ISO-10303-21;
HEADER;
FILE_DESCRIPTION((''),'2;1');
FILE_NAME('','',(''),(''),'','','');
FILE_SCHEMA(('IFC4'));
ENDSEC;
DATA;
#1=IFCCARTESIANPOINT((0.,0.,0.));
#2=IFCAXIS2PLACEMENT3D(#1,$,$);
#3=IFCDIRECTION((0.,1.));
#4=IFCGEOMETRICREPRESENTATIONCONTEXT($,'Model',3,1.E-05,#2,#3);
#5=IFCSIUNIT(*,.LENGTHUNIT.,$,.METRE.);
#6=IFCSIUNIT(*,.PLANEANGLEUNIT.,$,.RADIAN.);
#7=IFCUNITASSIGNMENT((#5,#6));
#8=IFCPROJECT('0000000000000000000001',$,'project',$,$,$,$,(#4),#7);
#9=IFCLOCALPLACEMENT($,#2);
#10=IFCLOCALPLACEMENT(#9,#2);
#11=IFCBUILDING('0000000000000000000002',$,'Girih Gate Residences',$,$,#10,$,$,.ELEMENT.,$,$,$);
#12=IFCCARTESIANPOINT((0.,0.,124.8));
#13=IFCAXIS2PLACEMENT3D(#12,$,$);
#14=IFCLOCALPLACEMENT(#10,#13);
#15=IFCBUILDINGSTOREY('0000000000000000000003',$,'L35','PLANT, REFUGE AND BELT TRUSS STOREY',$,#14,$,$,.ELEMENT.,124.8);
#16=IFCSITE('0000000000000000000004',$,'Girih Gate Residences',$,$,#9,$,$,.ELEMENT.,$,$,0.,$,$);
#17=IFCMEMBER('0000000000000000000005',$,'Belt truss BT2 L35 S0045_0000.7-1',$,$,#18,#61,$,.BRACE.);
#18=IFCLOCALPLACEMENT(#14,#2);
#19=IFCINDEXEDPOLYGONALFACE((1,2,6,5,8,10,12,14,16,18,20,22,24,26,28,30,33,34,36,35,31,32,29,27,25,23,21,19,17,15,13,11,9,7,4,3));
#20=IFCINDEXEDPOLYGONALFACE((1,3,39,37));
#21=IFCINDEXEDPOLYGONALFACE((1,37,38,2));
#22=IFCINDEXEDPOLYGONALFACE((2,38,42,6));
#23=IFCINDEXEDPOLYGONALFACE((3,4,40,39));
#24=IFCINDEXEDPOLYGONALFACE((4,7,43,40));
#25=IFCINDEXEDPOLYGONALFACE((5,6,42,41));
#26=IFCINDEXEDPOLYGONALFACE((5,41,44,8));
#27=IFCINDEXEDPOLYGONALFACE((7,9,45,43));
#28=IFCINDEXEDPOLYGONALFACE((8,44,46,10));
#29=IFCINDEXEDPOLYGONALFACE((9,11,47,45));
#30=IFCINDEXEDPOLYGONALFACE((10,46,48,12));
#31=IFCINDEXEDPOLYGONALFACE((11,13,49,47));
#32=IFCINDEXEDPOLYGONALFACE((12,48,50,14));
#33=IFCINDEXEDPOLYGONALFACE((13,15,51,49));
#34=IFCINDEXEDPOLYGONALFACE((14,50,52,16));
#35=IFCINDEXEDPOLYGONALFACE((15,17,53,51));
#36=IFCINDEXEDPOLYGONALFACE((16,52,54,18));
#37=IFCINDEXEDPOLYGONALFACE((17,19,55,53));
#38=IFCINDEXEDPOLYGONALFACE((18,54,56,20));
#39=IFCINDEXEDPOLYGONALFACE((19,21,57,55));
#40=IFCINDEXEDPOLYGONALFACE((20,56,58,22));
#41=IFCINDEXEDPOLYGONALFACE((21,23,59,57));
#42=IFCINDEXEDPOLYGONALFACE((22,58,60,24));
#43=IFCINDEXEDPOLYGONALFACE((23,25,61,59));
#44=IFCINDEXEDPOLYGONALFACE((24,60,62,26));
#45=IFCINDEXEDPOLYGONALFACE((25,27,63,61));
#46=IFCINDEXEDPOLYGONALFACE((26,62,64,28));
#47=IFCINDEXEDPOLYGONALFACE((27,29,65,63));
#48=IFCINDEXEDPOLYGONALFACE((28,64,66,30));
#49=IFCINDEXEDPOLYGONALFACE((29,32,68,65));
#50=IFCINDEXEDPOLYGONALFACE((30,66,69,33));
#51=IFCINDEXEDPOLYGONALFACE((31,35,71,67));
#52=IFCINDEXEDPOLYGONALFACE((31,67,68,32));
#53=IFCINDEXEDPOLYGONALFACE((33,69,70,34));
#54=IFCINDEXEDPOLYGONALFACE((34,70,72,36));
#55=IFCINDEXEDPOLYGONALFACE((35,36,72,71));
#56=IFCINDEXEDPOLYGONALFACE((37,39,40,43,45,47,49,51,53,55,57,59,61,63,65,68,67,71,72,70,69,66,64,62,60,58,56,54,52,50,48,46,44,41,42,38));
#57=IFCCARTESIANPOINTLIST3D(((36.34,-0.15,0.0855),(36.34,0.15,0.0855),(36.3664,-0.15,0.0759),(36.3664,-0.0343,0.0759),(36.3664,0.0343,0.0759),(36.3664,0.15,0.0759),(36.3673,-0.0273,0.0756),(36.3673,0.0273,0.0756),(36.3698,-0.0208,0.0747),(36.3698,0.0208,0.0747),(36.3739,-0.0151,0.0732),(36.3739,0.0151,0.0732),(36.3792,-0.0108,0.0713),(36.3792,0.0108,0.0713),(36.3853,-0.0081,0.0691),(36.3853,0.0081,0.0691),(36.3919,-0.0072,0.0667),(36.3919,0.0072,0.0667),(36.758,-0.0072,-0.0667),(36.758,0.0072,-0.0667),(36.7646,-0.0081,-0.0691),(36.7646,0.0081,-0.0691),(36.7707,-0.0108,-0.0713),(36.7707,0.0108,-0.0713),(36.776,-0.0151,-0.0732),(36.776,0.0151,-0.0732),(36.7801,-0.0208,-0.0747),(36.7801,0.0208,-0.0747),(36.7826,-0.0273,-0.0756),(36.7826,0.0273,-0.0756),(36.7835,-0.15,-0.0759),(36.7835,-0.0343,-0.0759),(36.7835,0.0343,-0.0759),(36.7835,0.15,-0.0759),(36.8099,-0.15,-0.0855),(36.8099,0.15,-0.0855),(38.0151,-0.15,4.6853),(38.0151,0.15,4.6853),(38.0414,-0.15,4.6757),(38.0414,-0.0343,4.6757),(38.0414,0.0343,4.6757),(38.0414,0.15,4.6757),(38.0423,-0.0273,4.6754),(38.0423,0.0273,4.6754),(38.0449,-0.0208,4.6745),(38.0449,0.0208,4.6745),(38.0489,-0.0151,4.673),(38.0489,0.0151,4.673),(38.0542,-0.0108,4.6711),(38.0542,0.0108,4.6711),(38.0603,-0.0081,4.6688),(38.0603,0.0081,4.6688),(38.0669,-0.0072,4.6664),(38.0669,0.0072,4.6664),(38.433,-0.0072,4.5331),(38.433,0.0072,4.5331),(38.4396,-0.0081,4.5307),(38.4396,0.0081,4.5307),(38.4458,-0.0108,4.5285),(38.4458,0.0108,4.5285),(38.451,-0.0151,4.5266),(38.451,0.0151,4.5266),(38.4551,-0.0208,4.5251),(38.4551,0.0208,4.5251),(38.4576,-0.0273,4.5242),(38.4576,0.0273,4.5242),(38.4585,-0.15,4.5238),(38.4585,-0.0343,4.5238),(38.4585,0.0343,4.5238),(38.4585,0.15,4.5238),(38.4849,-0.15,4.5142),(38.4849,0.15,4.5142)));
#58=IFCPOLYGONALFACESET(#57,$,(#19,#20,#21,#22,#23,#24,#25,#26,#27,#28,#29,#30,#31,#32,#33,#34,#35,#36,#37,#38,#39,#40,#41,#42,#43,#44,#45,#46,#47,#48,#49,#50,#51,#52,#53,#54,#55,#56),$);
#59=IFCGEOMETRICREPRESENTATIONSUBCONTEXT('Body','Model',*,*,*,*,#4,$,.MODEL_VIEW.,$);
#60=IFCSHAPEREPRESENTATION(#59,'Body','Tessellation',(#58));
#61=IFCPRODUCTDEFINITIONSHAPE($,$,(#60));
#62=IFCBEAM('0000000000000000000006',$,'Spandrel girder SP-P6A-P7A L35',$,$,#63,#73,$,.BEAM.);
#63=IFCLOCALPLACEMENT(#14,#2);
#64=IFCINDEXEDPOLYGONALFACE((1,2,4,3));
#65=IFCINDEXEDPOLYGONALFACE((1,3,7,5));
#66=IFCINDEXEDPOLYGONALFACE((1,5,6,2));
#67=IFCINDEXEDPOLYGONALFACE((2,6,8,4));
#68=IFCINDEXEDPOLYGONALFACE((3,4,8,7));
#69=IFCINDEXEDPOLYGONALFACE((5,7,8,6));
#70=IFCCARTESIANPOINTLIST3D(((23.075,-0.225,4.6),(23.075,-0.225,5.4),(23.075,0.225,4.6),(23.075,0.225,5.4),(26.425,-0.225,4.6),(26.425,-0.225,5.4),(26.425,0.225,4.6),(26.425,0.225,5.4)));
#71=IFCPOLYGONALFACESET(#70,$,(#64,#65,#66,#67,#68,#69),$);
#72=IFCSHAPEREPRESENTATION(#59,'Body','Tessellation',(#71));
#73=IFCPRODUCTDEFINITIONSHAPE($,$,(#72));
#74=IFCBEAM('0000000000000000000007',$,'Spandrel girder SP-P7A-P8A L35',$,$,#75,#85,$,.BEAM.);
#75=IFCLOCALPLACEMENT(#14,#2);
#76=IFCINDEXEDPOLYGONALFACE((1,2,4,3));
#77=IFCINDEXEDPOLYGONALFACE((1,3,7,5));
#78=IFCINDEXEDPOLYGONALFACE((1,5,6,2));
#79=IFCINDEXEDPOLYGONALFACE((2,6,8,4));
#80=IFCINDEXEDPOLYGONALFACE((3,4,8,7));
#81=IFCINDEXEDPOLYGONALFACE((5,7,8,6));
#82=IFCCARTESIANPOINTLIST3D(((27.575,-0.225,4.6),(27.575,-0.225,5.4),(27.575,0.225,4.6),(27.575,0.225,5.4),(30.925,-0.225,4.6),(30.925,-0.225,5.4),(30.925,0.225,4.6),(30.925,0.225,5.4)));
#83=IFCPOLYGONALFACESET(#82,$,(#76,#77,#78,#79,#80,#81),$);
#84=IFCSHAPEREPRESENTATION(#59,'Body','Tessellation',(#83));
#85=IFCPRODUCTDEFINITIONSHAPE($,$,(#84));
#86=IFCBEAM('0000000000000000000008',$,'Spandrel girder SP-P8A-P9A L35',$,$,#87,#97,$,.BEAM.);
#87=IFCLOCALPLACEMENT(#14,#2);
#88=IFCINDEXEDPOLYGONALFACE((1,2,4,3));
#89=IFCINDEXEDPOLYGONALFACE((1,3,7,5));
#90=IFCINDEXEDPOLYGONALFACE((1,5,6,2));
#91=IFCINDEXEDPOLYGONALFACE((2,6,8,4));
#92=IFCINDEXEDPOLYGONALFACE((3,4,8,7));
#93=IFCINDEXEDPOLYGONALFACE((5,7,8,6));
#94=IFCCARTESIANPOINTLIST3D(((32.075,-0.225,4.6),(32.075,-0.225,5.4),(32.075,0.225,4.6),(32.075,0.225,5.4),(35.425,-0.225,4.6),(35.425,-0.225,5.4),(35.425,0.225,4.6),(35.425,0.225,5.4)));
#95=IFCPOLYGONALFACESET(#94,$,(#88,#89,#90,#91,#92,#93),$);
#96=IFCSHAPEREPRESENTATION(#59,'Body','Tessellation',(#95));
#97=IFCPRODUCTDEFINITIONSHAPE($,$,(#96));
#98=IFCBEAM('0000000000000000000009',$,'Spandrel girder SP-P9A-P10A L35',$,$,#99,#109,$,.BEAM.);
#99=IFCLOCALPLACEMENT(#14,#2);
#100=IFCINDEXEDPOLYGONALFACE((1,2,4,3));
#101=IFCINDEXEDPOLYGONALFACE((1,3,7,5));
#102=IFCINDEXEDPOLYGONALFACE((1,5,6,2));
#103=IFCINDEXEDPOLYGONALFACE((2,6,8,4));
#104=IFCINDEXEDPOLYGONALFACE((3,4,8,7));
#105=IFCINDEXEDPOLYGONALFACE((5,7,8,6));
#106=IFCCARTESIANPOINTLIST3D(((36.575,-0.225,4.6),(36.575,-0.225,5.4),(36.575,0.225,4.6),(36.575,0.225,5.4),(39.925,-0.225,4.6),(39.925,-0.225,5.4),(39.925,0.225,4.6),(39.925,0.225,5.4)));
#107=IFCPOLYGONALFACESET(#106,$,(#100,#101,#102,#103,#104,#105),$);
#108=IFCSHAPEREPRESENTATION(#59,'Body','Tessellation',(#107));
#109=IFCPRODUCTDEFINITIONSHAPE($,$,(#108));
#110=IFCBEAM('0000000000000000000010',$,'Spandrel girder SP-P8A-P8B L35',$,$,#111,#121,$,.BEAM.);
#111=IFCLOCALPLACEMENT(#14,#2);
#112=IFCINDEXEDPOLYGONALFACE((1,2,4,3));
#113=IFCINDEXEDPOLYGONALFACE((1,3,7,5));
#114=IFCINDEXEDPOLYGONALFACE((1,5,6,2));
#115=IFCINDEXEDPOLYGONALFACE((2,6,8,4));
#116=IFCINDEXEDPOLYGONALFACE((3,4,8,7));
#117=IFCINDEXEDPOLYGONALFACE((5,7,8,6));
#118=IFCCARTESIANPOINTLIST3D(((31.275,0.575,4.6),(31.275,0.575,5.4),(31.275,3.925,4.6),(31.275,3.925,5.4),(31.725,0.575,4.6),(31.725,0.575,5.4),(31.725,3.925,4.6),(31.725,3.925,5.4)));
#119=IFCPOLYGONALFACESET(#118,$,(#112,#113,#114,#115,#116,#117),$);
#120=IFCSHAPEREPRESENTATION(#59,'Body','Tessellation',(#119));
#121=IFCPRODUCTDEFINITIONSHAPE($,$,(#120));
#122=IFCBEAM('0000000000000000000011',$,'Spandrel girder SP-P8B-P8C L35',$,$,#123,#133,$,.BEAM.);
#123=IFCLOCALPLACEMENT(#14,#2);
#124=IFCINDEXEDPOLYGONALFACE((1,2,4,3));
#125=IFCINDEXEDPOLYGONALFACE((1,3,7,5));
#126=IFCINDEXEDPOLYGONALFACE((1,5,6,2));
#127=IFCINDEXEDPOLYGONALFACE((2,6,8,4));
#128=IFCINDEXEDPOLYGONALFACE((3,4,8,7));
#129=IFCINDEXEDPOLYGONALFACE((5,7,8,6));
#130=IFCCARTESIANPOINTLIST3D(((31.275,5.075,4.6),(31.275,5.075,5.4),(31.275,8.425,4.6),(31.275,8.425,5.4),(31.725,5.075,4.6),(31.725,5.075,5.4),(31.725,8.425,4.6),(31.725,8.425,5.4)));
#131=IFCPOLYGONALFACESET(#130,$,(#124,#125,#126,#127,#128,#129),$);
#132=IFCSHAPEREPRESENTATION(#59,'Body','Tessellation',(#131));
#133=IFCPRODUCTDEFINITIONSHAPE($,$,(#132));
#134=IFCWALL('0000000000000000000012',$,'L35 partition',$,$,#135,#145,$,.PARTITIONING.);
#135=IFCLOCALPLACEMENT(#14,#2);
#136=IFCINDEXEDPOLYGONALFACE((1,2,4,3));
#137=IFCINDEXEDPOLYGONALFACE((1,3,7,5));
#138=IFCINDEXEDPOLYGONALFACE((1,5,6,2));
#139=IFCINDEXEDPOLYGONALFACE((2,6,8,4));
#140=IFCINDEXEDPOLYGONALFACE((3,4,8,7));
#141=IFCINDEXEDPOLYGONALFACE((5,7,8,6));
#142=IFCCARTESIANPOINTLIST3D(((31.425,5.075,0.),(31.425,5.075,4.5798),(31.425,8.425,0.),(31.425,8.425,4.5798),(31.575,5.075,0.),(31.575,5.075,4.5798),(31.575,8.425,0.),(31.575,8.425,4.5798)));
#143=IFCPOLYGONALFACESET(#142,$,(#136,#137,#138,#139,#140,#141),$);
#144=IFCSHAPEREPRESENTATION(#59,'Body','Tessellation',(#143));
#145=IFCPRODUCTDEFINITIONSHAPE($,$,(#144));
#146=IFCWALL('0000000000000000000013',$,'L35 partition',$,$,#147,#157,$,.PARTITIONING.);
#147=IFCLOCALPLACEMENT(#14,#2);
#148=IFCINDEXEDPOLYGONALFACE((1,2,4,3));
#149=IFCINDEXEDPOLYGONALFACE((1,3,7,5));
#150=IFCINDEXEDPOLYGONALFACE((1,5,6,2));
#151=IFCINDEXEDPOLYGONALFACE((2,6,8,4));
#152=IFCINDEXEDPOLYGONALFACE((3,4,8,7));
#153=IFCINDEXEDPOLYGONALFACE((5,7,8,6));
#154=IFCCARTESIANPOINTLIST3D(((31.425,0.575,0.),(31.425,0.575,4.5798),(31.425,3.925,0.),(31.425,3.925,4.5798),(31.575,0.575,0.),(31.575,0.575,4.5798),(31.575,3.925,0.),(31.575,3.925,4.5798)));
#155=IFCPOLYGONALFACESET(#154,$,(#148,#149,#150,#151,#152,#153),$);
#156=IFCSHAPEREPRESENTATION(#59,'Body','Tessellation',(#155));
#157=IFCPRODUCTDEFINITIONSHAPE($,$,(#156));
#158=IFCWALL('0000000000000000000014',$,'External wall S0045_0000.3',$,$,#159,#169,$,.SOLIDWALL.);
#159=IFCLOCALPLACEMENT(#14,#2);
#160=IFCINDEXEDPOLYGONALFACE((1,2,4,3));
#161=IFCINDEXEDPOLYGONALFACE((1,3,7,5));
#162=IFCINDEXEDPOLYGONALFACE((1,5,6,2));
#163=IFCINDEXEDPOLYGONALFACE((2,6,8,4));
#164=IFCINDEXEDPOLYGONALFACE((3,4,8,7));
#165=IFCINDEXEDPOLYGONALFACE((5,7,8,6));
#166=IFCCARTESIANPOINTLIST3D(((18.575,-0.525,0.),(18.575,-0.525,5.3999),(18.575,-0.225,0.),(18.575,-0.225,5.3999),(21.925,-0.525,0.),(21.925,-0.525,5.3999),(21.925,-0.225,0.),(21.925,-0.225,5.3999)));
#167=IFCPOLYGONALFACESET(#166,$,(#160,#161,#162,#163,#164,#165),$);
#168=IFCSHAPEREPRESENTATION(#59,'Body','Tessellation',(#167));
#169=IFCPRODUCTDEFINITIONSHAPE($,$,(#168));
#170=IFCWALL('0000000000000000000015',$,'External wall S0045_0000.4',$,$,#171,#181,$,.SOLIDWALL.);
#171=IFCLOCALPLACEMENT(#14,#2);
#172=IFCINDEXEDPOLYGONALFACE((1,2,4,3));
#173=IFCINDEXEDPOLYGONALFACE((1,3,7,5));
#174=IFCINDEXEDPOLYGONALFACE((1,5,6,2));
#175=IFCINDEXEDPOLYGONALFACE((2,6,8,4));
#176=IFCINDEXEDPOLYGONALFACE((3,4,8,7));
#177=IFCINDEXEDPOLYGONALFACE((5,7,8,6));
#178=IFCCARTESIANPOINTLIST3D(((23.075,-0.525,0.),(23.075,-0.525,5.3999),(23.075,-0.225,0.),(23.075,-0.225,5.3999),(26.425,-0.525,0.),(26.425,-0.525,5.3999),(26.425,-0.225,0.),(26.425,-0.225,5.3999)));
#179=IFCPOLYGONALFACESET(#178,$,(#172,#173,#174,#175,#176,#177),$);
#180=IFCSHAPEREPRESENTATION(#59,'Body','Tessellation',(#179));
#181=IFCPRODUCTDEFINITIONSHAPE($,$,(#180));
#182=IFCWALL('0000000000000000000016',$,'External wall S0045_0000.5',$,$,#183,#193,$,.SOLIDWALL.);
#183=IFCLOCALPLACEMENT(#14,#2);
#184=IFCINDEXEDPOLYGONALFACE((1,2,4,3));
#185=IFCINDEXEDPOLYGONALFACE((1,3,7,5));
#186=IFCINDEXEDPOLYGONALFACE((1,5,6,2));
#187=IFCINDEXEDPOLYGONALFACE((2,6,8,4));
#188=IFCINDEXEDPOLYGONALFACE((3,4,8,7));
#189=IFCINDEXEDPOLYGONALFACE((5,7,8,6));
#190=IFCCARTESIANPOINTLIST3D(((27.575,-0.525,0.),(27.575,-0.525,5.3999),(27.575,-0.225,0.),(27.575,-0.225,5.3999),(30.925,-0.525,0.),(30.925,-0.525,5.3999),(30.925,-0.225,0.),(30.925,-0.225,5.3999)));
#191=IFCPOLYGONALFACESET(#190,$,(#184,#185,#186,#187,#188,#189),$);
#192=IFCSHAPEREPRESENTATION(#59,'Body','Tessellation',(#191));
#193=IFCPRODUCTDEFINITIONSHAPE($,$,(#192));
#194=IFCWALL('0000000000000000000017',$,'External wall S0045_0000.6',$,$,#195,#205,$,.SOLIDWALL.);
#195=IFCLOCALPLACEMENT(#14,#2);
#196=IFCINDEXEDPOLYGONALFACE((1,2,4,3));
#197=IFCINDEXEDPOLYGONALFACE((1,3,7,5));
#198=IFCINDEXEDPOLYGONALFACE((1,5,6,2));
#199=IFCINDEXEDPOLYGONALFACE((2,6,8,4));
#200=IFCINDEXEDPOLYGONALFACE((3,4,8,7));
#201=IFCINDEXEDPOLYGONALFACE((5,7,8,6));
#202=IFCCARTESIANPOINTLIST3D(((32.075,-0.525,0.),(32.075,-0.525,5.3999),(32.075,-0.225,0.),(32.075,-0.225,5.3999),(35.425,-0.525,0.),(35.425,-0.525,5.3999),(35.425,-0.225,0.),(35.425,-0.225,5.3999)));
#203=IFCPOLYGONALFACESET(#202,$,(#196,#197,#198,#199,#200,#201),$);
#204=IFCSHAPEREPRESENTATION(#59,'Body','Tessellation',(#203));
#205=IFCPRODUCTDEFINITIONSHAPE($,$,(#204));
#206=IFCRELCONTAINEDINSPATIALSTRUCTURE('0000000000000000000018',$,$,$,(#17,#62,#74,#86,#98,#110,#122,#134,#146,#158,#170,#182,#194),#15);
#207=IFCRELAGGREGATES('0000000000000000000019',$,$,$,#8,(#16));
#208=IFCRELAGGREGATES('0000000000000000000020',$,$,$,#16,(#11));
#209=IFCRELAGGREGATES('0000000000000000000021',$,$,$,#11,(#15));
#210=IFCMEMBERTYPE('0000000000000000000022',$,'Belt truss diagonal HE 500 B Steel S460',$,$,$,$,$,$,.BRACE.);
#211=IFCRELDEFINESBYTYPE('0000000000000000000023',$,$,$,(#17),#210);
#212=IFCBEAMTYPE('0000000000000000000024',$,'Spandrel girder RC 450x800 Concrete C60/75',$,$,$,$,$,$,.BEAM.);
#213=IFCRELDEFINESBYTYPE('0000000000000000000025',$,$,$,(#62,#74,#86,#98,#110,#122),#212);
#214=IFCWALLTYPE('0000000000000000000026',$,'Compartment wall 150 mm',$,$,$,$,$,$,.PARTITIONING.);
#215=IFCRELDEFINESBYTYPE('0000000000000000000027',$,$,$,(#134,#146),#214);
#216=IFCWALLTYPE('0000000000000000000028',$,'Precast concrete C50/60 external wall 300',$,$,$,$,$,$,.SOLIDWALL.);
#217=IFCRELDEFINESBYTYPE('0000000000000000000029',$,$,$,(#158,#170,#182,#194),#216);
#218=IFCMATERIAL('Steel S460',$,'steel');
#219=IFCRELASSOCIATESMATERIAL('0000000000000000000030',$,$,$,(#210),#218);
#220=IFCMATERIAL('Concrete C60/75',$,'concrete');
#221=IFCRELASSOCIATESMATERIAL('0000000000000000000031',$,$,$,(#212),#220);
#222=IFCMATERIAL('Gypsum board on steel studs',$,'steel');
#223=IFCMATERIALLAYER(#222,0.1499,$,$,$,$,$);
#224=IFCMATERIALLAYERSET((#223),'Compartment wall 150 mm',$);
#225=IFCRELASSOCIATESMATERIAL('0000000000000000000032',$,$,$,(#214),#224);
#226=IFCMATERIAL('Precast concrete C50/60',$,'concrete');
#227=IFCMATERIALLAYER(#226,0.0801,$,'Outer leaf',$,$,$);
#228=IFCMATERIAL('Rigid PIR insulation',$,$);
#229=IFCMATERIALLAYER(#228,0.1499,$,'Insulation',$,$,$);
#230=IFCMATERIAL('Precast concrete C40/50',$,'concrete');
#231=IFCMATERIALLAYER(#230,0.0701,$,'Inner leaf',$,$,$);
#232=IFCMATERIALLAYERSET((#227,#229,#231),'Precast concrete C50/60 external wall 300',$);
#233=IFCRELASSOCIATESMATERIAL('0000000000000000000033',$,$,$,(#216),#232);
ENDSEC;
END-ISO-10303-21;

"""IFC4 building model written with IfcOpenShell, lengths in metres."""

from ifc_helpers import new_model, si_unit, direction, frame, frame_2d, origin, origin_2d, place, context, subcontext, project, spatial, rectangle, i_section, extrude, material, layer, layer_set, material_profile, profile_set, type_object, element, save


model = new_model("IFC4")

# Units and contexts
model_context = context("Model", 3, precision=1e-05, world=origin(), true_north=direction((0.0, 1.0)))
body_context = subcontext(model_context, "Body", "Model", "MODEL_VIEW")
ifc_project = project(units=[si_unit("LENGTHUNIT", "METRE"), si_unit("PLANEANGLEUNIT", "RADIAN")], contexts=[model_context])

# Site, building, storey
site_placement = place(None, origin())
site = spatial("IfcSite", under=ifc_project, at=site_placement, Name="Girih Gate Residences", CompositionType="ELEMENT", RefElevation=0.0)
building_placement = place(site_placement, origin())
building = spatial("IfcBuilding", under=site, at=building_placement, Name="Girih Gate Residences", CompositionType="ELEMENT")
storey_placement = place(building_placement, frame((0.0, 0.0, 124.8)))
storey = spatial("IfcBuildingStorey", under=building, at=storey_placement, Name="L35", Description="PLANT, REFUGE AND BELT TRUSS STOREY", CompositionType="ELEMENT", Elevation=124.8)

# Member
ifc_material_1 = material(Name="Steel S460", Category="steel")
ifc_material_profile_1 = material_profile(ifc_material_1, i_section(OverallWidth=0.3, OverallDepth=0.5, WebThickness=0.0144, FlangeThickness=0.0281, FilletRadius=0.0271, at=origin_2d()))
ifc_profile_set_1 = profile_set([ifc_material_profile_1], Name="Steel S460")
member_type = type_object("IfcMemberType", Name="Belt truss diagonal HE 500 B Steel S460", PredefinedType="BRACE", material=ifc_profile_set_1)
for number, where, z_axis, x_axis, name in (
    (1, (36.575, 0.0, 0.0), (0.342171, 0.0, 0.939638), (0.0, 1.0, 0.0), "Belt truss BT2 L35 S0045_0000.7-1"),
):
    element("IfcMember", number, at=place(storey_placement, frame(where, z_axis=z_axis, x_axis=x_axis)), inside=storey, type_object=member_type, Name=name, PredefinedType="BRACE", context=body_context, shape_type="SweptSolid", body=[
        extrude(i_section(OverallWidth=0.3, OverallDepth=0.5, WebThickness=0.0144, FlangeThickness=0.0281, FilletRadius=0.0271, at=origin_2d()), origin(), (0.0, 0.0, 1.0), 4.8953),
    ])

# Beams
ifc_material_2 = material(Name="Concrete C60/75", Category="concrete")
ifc_material_profile_2 = material_profile(ifc_material_2, rectangle(XDim=0.45, YDim=0.8, at=origin_2d()))
ifc_profile_set_2 = profile_set([ifc_material_profile_2], Name="Concrete C60/75")
beam_type = type_object("IfcBeamType", Name="Spandrel girder RC 450x800 Concrete C60/75", PredefinedType="BEAM", material=ifc_profile_set_2)
for number, where, z_axis, x_axis, name in (
    (2, (23.075, 0.0, 5.0), (1.0, 0.0, 0.0), (0.0, 1.0, 0.0), "Spandrel girder SP-P6A-P7A L35"),
    (3, (27.575, 0.0, 5.0), (1.0, 0.0, 0.0), (0.0, 1.0, 0.0), "Spandrel girder SP-P7A-P8A L35"),
    (4, (32.075, 0.0, 5.0), (1.0, 0.0, 0.0), (0.0, 1.0, 0.0), "Spandrel girder SP-P8A-P9A L35"),
    (5, (36.575, 0.0, 5.0), (1.0, 0.0, 0.0), (0.0, 1.0, 0.0), "Spandrel girder SP-P9A-P10A L35"),
    (6, (31.5, 0.575, 5.0), (0.0, 1.0, 0.0), (-1.0, 0.0, 0.0), "Spandrel girder SP-P8A-P8B L35"),
    (7, (31.5, 5.075, 5.0), (0.0, 1.0, 0.0), (-1.0, 0.0, 0.0), "Spandrel girder SP-P8B-P8C L35"),
):
    element("IfcBeam", number, at=place(storey_placement, frame(where, z_axis=z_axis, x_axis=x_axis)), inside=storey, type_object=beam_type, Name=name, PredefinedType="BEAM", context=body_context, shape_type="SweptSolid", body=[
        extrude(rectangle(XDim=0.45, YDim=0.8, at=origin_2d()), origin(), (0.0, 0.0, 1.0), 3.3501),
    ])

# Walls
ifc_material_3 = material(Name="Gypsum board on steel studs", Category="steel")
ifc_layer_1 = layer(ifc_material_3, 0.1499)
ifc_layer_set_1 = layer_set([ifc_layer_1], Name="Compartment wall 150 mm")
wall_type_1 = type_object("IfcWallType", Name="Compartment wall 150 mm", PredefinedType="PARTITIONING", material=ifc_layer_set_1)
for number, where, z_axis, x_axis, name in (
    (8, (31.5, 5.075, 0.0), (0.0, 0.0, 1.0), (0.0, 1.0, 0.0), "L35 partition"),
    (9, (31.5, 0.575, 0.0), (0.0, 0.0, 1.0), (0.0, 1.0, 0.0), "L35 partition"),
):
    element("IfcWall", number, at=place(storey_placement, frame(where, z_axis=z_axis, x_axis=x_axis)), inside=storey, type_object=wall_type_1, Name=name, PredefinedType="PARTITIONING", context=body_context, shape_type="SweptSolid", body=[
        extrude(rectangle(XDim=3.3501, YDim=0.1499, at=frame_2d((1.675, 0.0))), origin(), (0.0, 0.0, 1.0), 4.5798),
    ])
ifc_material_4 = material(Name="Precast concrete C50/60", Category="concrete")
ifc_layer_2 = layer(ifc_material_4, 0.0801, Name="Outer leaf")
ifc_material_5 = material(Name="Rigid PIR insulation")
ifc_layer_3 = layer(ifc_material_5, 0.1499, Name="Insulation")
ifc_material_6 = material(Name="Precast concrete C40/50", Category="concrete")
ifc_layer_4 = layer(ifc_material_6, 0.0701, Name="Inner leaf")
ifc_layer_set_2 = layer_set([ifc_layer_2, ifc_layer_3, ifc_layer_4], Name="Precast concrete C50/60 external wall 300")
wall_type_2 = type_object("IfcWallType", Name="Precast concrete C50/60 external wall 300", PredefinedType="SOLIDWALL", material=ifc_layer_set_2)
for number, where, z_axis, x_axis, name in (
    (10, (21.925, -0.375, 0.0), (0.0, 0.0, 1.0), (-1.0, 0.0, 0.0), "External wall S0045_0000.3"),
    (11, (26.425, -0.375, 0.0), (0.0, 0.0, 1.0), (-1.0, 0.0, 0.0), "External wall S0045_0000.4"),
    (12, (30.925, -0.375, 0.0), (0.0, 0.0, 1.0), (-1.0, 0.0, 0.0), "External wall S0045_0000.5"),
    (13, (35.425, -0.375, 0.0), (0.0, 0.0, 1.0), (-1.0, 0.0, 0.0), "External wall S0045_0000.6"),
):
    element("IfcWall", number, at=place(storey_placement, frame(where, z_axis=z_axis, x_axis=x_axis)), inside=storey, type_object=wall_type_2, Name=name, PredefinedType="SOLIDWALL", context=body_context, shape_type="SweptSolid", body=[
        extrude(rectangle(XDim=3.3501, YDim=0.3, at=frame_2d((1.675, 0.0))), origin(), (0.0, 0.0, 1.0), 5.3999),
    ])

save(model, "model.ifc")
